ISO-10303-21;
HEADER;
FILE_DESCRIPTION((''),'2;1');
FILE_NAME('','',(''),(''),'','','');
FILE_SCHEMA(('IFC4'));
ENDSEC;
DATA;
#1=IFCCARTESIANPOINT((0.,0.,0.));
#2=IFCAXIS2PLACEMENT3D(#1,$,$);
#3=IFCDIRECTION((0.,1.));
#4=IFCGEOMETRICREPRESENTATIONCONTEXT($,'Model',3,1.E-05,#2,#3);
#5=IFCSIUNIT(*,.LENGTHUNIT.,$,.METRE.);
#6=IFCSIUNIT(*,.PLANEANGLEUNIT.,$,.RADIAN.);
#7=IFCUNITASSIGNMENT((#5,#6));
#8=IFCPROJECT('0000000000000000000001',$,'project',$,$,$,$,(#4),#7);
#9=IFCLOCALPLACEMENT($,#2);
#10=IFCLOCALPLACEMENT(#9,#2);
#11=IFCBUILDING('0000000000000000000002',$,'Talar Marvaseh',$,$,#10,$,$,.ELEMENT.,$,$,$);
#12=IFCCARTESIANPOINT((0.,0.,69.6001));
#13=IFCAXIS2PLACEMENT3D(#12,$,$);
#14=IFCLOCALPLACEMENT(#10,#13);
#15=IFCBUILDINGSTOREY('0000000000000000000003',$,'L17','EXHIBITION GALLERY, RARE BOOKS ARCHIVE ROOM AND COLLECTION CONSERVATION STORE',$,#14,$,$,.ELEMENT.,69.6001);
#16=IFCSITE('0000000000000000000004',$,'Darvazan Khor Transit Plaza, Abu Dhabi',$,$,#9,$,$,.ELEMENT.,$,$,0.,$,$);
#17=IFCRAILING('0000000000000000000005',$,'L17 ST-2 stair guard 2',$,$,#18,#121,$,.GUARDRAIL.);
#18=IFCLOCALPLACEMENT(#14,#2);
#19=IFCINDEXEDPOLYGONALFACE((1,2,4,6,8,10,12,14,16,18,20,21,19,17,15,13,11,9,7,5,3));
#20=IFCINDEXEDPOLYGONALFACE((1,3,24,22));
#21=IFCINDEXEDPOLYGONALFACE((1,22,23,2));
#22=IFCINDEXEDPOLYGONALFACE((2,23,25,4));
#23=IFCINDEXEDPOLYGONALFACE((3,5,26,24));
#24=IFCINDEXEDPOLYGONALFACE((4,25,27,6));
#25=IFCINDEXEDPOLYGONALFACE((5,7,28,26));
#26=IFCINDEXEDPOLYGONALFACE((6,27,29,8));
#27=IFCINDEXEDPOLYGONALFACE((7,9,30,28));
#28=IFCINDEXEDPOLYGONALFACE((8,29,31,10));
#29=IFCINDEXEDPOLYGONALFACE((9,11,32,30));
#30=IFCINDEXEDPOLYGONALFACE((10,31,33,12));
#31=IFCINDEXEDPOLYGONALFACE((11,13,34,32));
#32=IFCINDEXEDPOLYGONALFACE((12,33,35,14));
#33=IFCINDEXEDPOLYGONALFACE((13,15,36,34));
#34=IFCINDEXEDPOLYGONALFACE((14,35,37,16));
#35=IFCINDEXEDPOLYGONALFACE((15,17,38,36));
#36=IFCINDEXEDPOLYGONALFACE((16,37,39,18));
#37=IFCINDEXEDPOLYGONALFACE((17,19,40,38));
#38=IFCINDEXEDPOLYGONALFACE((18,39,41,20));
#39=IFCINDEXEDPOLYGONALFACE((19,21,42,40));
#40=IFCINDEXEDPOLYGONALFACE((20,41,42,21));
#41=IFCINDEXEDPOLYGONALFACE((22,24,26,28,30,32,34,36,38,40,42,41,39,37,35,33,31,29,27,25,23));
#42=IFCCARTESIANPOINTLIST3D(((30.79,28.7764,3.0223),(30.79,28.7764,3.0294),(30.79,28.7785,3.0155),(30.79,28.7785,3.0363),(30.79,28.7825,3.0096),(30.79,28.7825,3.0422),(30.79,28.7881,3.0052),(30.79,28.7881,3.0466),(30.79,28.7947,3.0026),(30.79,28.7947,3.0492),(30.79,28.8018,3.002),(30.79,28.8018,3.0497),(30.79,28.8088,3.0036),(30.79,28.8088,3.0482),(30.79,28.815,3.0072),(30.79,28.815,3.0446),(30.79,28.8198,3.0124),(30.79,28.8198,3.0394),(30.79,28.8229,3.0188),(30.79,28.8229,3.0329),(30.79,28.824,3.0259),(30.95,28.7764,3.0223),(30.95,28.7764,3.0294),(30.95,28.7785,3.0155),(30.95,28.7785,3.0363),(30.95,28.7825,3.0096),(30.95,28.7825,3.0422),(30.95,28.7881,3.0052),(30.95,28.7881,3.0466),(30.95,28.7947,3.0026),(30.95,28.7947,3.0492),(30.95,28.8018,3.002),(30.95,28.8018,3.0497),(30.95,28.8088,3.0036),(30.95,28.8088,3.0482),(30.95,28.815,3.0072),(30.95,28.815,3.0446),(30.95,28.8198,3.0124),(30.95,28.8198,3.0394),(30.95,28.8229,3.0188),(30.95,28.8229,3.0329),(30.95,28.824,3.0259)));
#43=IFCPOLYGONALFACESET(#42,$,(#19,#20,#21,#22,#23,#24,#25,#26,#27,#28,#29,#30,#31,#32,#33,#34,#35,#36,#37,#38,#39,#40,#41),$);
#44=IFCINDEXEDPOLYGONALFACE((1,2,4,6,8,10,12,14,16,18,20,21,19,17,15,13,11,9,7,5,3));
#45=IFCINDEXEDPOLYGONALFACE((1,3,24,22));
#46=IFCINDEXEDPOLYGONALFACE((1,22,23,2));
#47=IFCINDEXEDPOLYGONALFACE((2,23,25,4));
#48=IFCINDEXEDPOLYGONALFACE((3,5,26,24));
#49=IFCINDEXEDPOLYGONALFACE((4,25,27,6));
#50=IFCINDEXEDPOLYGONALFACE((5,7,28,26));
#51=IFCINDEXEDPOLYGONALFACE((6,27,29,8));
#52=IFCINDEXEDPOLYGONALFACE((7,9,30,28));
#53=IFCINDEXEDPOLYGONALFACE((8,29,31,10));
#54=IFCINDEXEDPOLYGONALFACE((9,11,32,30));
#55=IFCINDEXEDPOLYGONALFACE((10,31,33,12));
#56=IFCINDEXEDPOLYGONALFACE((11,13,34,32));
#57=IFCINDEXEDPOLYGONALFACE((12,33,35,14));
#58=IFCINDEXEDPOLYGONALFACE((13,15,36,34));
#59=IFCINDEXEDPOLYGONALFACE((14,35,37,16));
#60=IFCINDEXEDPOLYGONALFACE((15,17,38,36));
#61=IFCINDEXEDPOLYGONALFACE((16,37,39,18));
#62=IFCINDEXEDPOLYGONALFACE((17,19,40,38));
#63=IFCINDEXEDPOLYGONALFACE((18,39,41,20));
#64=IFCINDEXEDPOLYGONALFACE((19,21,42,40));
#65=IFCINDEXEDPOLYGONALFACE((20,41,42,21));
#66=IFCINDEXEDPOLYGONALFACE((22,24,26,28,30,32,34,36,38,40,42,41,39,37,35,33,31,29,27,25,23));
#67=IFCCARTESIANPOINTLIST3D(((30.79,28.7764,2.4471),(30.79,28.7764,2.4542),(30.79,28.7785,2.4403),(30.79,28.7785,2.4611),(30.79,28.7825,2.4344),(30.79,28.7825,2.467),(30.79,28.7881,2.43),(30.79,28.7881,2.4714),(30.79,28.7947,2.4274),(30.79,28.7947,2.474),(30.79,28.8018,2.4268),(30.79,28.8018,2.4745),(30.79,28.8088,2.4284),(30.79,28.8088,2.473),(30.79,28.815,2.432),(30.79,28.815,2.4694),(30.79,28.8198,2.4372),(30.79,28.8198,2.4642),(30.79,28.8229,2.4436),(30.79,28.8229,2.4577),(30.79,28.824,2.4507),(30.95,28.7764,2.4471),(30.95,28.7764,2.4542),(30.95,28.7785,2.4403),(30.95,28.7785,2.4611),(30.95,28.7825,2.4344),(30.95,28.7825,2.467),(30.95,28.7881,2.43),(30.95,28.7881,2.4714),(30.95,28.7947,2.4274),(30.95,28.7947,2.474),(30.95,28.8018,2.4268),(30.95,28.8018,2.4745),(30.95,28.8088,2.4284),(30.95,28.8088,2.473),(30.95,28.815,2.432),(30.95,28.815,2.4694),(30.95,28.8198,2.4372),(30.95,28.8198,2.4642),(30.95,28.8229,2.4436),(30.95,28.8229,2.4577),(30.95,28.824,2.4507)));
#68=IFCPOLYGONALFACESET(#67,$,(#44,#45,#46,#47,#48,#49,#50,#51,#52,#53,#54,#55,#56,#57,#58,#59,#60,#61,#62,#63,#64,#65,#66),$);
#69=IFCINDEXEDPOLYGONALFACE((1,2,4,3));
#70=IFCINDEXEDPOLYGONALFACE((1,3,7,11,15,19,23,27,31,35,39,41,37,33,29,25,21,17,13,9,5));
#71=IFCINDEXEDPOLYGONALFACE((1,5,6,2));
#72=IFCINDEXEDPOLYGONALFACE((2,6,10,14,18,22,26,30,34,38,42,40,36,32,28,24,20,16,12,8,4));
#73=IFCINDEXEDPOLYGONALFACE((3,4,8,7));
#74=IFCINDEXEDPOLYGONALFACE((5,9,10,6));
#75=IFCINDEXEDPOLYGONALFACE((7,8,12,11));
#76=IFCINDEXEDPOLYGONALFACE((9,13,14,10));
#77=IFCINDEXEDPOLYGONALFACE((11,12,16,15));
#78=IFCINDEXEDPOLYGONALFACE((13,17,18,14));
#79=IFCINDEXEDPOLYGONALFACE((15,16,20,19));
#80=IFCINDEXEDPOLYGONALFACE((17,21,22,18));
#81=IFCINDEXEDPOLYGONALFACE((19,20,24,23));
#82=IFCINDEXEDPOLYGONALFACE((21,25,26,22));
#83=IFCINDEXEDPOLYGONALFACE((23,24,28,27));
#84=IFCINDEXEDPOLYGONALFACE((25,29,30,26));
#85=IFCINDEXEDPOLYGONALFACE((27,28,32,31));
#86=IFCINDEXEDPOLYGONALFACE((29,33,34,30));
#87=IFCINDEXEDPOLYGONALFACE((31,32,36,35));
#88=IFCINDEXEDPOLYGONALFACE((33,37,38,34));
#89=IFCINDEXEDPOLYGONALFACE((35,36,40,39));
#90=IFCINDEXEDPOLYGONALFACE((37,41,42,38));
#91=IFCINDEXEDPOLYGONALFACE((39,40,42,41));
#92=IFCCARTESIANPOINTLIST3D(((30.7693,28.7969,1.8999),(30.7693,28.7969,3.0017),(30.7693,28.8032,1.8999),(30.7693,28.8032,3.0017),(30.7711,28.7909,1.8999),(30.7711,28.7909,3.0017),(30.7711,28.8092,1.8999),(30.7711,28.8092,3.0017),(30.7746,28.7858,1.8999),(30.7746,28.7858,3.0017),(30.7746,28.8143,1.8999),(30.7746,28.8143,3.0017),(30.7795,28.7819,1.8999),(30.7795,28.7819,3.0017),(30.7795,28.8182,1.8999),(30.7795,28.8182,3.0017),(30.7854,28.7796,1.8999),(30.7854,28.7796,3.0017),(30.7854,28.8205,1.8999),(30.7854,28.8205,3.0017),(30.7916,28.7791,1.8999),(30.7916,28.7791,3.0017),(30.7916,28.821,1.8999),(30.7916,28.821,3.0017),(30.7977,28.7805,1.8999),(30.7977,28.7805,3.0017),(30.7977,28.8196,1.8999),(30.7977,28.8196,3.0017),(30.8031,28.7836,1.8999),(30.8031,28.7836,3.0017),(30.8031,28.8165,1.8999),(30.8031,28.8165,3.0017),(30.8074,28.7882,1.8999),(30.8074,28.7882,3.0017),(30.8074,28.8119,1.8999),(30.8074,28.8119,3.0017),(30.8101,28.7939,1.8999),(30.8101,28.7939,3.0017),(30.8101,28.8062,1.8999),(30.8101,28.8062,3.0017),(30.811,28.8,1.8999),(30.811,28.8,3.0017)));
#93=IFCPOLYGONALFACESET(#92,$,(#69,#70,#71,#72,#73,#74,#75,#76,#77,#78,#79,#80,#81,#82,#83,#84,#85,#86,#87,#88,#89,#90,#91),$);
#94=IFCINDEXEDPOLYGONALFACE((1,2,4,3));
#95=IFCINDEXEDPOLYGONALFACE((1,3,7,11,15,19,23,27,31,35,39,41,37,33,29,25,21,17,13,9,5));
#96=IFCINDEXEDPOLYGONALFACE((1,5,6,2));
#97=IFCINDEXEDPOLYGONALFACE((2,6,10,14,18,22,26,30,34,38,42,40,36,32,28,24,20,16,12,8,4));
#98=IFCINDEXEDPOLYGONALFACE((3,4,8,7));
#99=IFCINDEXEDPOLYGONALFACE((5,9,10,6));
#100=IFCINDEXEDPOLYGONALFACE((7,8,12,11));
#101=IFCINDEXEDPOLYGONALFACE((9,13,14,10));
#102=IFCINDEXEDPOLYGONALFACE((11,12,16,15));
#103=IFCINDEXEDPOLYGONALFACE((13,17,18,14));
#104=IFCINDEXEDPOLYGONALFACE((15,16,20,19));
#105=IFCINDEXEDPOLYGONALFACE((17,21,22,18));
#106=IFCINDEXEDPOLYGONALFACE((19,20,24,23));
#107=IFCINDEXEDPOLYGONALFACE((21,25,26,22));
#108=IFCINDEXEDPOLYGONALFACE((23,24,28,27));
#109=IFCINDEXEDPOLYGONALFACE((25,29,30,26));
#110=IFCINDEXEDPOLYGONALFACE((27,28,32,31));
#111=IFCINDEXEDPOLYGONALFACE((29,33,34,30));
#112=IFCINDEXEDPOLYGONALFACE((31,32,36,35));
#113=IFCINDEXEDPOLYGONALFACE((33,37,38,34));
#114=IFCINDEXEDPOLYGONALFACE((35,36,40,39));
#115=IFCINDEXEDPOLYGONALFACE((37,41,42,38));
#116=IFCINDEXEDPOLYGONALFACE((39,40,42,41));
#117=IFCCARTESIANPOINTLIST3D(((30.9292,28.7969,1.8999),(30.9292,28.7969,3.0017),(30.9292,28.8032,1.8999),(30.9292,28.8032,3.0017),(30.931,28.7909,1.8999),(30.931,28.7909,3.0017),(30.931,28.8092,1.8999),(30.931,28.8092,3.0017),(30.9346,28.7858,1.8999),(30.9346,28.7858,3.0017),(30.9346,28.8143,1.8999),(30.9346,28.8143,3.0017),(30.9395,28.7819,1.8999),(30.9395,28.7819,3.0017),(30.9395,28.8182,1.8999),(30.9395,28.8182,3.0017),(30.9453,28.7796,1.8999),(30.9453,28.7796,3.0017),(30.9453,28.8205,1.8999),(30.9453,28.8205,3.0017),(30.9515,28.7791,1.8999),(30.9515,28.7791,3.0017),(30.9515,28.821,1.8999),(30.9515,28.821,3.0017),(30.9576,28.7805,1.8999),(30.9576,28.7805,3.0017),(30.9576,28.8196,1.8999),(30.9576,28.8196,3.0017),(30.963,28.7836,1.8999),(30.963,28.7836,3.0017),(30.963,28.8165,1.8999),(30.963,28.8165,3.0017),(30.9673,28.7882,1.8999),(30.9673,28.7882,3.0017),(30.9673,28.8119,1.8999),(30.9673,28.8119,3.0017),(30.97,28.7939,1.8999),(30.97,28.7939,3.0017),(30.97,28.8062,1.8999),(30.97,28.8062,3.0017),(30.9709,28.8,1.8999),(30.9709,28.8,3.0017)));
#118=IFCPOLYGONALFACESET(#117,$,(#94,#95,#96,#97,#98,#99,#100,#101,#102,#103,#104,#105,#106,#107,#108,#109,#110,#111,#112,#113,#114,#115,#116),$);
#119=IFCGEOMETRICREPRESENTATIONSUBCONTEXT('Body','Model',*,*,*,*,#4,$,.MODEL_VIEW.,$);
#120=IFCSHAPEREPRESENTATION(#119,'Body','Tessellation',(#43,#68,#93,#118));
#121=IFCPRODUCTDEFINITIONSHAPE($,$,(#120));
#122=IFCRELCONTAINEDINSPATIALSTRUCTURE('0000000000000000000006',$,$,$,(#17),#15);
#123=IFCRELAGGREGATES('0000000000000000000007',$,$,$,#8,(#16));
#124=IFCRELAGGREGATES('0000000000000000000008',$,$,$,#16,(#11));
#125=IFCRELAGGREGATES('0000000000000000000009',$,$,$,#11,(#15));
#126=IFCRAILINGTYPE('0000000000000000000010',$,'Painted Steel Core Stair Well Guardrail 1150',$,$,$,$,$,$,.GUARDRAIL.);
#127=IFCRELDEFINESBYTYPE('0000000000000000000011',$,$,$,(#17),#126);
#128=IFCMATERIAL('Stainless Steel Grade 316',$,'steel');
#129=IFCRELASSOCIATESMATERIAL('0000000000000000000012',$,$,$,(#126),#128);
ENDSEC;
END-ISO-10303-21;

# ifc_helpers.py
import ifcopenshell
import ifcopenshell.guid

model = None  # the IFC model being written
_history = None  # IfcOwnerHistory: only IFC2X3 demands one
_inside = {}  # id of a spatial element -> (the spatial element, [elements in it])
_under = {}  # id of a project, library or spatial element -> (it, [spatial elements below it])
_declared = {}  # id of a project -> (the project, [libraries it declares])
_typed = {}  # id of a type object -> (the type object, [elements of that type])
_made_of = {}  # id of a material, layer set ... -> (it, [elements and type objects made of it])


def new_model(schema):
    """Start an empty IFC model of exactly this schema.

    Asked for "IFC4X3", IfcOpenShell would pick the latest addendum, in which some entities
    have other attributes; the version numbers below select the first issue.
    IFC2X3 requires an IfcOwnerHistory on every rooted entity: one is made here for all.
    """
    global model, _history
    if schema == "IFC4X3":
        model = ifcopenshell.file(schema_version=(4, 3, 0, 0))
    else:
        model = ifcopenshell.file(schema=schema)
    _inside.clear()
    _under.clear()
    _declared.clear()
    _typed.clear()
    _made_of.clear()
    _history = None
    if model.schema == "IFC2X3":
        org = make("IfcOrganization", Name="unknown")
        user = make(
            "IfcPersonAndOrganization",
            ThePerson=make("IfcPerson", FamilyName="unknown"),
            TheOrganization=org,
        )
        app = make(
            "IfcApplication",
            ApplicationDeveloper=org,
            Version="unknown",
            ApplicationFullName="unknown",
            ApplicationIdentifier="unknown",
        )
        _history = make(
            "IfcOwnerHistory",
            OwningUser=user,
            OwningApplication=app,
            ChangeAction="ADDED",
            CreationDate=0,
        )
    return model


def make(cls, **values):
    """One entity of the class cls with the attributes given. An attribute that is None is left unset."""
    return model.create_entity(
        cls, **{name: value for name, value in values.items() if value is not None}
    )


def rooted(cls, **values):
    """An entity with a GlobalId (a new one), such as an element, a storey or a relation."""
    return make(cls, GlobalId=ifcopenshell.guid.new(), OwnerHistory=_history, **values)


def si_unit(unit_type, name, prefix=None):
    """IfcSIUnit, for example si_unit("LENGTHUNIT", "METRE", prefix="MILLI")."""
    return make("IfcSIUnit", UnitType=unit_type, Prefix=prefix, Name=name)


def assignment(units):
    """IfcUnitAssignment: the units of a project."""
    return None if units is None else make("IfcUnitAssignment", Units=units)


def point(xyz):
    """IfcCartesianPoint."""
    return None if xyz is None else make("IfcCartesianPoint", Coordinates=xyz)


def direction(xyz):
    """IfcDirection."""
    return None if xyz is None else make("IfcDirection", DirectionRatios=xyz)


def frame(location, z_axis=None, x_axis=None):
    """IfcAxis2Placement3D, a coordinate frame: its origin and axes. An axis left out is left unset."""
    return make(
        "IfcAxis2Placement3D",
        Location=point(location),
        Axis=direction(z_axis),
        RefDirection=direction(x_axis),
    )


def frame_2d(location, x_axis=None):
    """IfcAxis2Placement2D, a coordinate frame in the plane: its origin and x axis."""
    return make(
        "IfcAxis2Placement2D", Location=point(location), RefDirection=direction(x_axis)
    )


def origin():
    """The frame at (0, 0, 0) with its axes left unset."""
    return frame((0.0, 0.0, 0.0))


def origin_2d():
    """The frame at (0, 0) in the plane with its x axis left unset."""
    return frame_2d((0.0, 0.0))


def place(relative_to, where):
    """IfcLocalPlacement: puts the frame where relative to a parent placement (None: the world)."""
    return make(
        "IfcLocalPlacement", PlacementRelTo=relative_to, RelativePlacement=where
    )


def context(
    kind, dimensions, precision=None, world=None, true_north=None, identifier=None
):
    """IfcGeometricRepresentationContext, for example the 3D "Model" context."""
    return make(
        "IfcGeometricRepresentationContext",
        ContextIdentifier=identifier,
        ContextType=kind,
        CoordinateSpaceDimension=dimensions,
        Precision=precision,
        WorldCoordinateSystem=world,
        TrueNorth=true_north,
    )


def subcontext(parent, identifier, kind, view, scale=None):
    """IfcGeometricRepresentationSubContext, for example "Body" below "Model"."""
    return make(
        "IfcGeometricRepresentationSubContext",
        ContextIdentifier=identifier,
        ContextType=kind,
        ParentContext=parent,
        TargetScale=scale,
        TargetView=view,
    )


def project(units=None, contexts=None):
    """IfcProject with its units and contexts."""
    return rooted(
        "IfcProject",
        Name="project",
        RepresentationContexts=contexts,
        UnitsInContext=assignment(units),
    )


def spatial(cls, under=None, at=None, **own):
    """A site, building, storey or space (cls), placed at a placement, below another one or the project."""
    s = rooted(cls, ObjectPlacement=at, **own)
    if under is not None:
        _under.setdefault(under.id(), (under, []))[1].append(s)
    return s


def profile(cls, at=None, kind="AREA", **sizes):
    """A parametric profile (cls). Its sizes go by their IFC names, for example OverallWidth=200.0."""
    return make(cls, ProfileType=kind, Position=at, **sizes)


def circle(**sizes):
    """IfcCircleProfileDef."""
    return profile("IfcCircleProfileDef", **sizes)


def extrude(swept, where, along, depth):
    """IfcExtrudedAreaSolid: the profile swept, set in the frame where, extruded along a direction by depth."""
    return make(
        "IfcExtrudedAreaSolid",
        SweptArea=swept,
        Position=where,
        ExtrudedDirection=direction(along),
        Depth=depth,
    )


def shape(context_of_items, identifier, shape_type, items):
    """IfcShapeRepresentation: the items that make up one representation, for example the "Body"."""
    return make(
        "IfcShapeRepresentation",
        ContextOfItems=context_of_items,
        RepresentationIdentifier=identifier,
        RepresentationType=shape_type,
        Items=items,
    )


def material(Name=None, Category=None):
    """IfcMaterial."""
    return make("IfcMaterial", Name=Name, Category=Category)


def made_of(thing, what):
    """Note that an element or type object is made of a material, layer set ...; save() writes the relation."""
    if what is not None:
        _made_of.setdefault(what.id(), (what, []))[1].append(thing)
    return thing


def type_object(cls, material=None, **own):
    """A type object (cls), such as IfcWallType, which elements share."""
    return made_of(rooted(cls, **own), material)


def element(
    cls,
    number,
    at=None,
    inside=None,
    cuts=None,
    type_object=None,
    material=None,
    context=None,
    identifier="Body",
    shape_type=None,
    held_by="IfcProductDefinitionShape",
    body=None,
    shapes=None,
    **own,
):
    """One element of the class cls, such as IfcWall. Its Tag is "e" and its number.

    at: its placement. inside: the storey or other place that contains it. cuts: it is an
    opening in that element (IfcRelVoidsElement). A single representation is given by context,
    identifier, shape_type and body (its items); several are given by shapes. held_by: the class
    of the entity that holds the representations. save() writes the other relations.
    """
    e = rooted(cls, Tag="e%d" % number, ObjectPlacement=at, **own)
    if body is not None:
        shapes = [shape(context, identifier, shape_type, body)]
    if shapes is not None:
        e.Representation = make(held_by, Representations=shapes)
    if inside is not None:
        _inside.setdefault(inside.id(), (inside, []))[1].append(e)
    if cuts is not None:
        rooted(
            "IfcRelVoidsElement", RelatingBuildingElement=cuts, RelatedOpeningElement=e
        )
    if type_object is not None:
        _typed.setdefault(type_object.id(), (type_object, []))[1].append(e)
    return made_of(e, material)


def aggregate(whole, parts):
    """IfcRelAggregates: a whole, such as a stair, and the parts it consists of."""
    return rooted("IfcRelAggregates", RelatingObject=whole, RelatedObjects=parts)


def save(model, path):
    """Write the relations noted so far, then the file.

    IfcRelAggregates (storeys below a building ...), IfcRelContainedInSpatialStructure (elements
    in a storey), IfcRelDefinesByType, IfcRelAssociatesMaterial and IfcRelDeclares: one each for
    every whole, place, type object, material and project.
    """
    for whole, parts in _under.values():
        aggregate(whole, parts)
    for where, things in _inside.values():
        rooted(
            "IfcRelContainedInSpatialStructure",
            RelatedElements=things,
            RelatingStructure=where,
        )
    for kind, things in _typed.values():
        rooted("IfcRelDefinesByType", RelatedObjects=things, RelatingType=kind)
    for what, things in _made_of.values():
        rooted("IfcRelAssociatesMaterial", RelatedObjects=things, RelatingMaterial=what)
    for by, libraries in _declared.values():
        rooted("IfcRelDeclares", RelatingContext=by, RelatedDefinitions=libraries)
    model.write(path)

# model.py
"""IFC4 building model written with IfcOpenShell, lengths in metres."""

from ifc_helpers import new_model, si_unit, direction, frame, origin, origin_2d, place, context, subcontext, project, spatial, circle, extrude, material, type_object, element, save


model = new_model("IFC4")

# Units and contexts
model_context = context("Model", 3, precision=1e-05, world=origin(), true_north=direction((0.0, 1.0)))
body_context = subcontext(model_context, "Body", "Model", "MODEL_VIEW")
ifc_project = project(units=[si_unit("LENGTHUNIT", "METRE"), si_unit("PLANEANGLEUNIT", "RADIAN")], contexts=[model_context])

# Site, building, storey
site_placement = place(None, origin())
site = spatial("IfcSite", under=ifc_project, at=site_placement, Name="Darvazan Khor Transit Plaza, Abu Dhabi", CompositionType="ELEMENT", RefElevation=0.0)
building_placement = place(site_placement, origin())
building = spatial("IfcBuilding", under=site, at=building_placement, Name="Talar Marvaseh", CompositionType="ELEMENT")
storey_placement = place(building_placement, frame((0.0, 0.0, 69.6001)))
storey = spatial("IfcBuildingStorey", under=building, at=storey_placement, Name="L17", Description="EXHIBITION GALLERY, RARE BOOKS ARCHIVE ROOM AND COLLECTION CONSERVATION STORE", CompositionType="ELEMENT", Elevation=69.6001)

# Railing
ifc_material_1 = material(Name="Stainless Steel Grade 316", Category="steel")
railing_type_1 = type_object("IfcRailingType", Name="Painted Steel Core Stair Well Guardrail 1150", PredefinedType="GUARDRAIL", material=ifc_material_1)
railing_1_placement = place(storey_placement, frame((30.79, 28.8, 1.8999)))
element("IfcRailing", 1, at=railing_1_placement, inside=storey, type_object=railing_type_1, Name="L17 ST-2 stair guard 2", PredefinedType="GUARDRAIL", context=body_context, shape_type="SweptSolid", body=[
    extrude(circle(Radius=0.0239, at=origin_2d()), frame((0.0, 0.0, 1.126), z_axis=(1.0, 0.0, 0.0), x_axis=(0.0, 1.0, 0.0)), (0.0, 0.0, 1.0), 0.1599),
    extrude(circle(Radius=0.0239, at=origin_2d()), frame((0.0, 0.0, 0.5508), z_axis=(1.0, 0.0, 0.0), x_axis=(0.0, 1.0, 0.0)), (0.0, 0.0, 1.0), 0.1599),
    extrude(circle(Radius=0.021, at=origin_2d()), origin(), (0.0, 0.0, 1.0), 1.1018),
    extrude(circle(Radius=0.021, at=origin_2d()), frame((0.1599, 0.0, 0.0)), (0.0, 0.0, 1.0), 1.1018),
])

save(model, "model.ifc")
